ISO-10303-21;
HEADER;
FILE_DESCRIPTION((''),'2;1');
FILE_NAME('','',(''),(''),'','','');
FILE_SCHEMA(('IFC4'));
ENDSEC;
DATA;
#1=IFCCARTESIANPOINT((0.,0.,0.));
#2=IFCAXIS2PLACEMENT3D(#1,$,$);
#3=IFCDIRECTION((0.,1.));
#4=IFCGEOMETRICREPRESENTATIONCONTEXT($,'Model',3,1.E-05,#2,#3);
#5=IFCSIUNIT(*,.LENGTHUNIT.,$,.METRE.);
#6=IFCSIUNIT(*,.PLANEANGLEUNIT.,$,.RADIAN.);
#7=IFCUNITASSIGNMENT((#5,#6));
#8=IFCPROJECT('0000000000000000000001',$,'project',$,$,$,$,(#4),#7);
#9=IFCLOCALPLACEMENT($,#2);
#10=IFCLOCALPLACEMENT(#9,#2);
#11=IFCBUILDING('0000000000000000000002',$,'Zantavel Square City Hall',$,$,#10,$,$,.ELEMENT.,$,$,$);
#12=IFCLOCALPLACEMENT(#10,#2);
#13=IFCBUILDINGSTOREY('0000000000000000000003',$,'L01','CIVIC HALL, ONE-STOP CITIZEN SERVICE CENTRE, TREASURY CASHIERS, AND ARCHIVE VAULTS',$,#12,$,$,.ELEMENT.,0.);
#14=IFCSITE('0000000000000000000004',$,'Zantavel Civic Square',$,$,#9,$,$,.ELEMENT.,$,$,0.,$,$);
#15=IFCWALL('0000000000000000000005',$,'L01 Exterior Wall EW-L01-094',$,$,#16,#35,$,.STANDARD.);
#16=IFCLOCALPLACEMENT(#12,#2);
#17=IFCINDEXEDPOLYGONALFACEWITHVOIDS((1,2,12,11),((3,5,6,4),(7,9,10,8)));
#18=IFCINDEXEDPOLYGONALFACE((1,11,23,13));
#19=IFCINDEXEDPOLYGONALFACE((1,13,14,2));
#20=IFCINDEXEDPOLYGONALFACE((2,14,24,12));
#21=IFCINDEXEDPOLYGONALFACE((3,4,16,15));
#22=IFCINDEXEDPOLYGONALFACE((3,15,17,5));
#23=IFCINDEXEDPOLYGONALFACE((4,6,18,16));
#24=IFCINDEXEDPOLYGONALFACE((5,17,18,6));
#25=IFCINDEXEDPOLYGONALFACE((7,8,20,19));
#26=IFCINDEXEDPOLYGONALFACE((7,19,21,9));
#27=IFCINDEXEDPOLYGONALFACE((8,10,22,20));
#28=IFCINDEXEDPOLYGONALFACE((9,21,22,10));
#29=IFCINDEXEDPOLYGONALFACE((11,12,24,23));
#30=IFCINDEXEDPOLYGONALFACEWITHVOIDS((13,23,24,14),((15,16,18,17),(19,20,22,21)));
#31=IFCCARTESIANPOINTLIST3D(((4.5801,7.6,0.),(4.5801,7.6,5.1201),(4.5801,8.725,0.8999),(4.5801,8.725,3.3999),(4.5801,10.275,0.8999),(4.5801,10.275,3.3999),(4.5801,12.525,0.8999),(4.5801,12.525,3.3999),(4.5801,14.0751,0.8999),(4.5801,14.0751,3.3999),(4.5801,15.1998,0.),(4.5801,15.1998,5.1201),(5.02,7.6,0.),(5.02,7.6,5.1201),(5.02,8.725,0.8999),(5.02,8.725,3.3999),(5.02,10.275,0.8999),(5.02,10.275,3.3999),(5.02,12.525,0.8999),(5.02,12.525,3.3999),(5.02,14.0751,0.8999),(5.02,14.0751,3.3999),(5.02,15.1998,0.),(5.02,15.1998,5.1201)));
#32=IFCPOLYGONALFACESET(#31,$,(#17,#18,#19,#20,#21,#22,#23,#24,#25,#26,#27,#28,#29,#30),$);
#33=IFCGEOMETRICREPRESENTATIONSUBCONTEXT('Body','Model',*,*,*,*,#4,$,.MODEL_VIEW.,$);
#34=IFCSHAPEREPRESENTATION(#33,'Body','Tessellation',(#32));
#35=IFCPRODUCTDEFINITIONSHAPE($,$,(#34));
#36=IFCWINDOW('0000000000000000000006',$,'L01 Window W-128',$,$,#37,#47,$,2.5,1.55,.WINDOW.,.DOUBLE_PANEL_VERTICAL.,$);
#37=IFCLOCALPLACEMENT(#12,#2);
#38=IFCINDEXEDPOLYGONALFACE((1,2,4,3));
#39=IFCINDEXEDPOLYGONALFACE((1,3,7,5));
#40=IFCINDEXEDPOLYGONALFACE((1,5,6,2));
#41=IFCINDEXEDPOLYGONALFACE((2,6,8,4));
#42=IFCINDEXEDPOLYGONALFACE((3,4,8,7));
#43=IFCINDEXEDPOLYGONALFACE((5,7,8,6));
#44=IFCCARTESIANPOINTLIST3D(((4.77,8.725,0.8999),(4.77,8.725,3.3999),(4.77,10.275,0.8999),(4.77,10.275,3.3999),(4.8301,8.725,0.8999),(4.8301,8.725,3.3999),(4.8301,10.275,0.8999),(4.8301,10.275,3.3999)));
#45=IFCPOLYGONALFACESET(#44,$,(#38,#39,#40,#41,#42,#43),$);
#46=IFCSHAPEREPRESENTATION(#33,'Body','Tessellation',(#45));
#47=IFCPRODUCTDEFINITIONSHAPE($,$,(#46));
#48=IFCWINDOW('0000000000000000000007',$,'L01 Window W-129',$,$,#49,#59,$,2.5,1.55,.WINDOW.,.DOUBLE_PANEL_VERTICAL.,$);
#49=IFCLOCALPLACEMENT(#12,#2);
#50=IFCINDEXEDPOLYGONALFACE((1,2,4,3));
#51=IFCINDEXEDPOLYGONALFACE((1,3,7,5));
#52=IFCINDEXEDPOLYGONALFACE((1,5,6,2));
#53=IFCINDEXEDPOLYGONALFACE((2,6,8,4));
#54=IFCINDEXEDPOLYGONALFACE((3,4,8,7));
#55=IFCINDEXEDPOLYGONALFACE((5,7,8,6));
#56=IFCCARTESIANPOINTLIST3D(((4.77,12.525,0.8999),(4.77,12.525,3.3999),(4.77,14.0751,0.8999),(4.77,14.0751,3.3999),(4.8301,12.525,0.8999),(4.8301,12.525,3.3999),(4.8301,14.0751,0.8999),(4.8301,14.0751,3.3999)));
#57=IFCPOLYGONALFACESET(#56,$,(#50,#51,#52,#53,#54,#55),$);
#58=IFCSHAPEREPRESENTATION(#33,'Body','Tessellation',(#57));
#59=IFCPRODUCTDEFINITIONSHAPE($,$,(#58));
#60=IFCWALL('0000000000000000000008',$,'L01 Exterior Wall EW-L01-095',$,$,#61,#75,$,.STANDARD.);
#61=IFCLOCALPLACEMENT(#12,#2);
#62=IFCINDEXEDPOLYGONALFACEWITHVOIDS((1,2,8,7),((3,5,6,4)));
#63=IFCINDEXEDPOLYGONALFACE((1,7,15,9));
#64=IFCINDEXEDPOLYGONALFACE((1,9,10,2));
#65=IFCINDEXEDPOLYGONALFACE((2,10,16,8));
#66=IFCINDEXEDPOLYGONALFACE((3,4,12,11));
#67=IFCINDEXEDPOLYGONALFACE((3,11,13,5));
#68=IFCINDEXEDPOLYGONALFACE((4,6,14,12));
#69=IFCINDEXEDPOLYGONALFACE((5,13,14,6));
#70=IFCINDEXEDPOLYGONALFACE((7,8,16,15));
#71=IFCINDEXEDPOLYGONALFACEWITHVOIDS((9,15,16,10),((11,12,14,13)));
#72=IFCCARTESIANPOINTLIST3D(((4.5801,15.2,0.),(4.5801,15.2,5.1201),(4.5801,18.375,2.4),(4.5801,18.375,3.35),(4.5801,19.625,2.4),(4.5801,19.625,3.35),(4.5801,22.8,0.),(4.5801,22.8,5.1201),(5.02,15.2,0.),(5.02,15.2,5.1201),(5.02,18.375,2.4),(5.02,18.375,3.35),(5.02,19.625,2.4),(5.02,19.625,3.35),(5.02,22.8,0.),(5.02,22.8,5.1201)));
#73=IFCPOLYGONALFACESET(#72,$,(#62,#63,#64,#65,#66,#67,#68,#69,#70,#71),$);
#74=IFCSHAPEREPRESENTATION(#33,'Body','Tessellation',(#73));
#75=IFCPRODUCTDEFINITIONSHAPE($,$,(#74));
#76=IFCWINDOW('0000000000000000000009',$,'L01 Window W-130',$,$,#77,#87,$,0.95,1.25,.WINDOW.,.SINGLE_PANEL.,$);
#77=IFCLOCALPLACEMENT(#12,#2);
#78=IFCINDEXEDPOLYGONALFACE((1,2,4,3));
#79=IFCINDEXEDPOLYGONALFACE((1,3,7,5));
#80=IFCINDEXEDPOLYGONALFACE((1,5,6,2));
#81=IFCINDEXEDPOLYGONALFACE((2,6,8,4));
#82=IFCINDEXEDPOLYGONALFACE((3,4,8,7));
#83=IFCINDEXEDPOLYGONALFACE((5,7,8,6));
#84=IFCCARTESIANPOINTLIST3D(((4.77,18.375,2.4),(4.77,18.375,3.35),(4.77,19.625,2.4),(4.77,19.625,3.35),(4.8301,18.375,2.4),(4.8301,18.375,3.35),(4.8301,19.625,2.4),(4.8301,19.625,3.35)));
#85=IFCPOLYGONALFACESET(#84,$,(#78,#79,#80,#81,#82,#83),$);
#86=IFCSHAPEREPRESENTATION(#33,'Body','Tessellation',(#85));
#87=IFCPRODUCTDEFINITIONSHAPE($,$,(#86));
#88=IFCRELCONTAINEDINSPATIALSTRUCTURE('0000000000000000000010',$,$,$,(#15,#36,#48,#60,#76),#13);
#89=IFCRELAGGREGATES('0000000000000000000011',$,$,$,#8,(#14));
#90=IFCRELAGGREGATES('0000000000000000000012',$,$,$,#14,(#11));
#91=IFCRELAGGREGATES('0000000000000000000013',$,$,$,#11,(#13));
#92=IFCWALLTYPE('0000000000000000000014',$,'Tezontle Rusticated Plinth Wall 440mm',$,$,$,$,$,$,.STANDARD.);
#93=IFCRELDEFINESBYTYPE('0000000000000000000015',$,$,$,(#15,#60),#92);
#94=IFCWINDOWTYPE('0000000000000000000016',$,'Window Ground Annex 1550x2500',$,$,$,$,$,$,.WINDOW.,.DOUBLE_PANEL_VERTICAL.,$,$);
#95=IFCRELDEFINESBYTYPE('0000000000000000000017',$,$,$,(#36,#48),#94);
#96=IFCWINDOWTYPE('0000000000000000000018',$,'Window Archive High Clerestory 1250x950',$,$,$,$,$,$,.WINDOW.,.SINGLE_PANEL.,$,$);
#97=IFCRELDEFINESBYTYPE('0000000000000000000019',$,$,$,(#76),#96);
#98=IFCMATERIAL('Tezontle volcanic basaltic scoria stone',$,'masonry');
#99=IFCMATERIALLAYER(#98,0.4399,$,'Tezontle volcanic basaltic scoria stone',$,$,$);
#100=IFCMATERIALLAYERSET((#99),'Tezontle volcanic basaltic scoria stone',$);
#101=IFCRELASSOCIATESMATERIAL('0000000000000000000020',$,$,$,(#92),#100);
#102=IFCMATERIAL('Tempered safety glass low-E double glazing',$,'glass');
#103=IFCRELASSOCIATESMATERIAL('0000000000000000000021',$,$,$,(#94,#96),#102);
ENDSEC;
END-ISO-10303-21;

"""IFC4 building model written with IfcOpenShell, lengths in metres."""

from ifc_helpers import new_model, si_unit, direction, frame, frame_2d, origin, place, context, subcontext, project, spatial, rectangle, extrude, material, layer, layer_set, type_object, element, fill, save


model = new_model("IFC4")

# Units and contexts
model_context = context("Model", 3, precision=1e-05, world=origin(), true_north=direction((0.0, 1.0)))
body_context = subcontext(model_context, "Body", "Model", "MODEL_VIEW")
ifc_project = project(units=[si_unit("LENGTHUNIT", "METRE"), si_unit("PLANEANGLEUNIT", "RADIAN")], contexts=[model_context])

# Site, building, storey
site_placement = place(None, origin())
site = spatial("IfcSite", under=ifc_project, at=site_placement, Name="Zantavel Civic Square", CompositionType="ELEMENT", RefElevation=0.0)
building_placement = place(site_placement, origin())
building = spatial("IfcBuilding", under=site, at=building_placement, Name="Zantavel Square City Hall", CompositionType="ELEMENT")
storey_placement = place(building_placement, origin())
storey = spatial("IfcBuildingStorey", under=building, at=storey_placement, Name="L01", Description="CIVIC HALL, ONE-STOP CITIZEN SERVICE CENTRE, TREASURY CASHIERS, AND ARCHIVE VAULTS", CompositionType="ELEMENT", Elevation=0.0)

# Shared definitions
ifc_material_1 = material(Name="Tezontle volcanic basaltic scoria stone", Category="masonry")
ifc_layer = layer(ifc_material_1, 0.4399, Name="Tezontle volcanic basaltic scoria stone")
ifc_layer_set = layer_set([ifc_layer], Name="Tezontle volcanic basaltic scoria stone")
wall_type = type_object("IfcWallType", Name="Tezontle Rusticated Plinth Wall 440mm", PredefinedType="STANDARD", material=ifc_layer_set)
ifc_material_2 = material(Name="Tempered safety glass low-E double glazing", Category="glass")
window_type_1 = type_object("IfcWindowType", Name="Window Ground Annex 1550x2500", PartitioningType="DOUBLE_PANEL_VERTICAL", PredefinedType="WINDOW", material=ifc_material_2)

# Wall, openings, windows
wall_1_placement = place(storey_placement, frame((4.8, 7.6001, 0.0), z_axis=(0.0, 0.0, 1.0), x_axis=(0.0, 1.0, 0.0)))
wall_1 = element("IfcWall", 1, at=wall_1_placement, inside=storey, type_object=wall_type, Name="L01 Exterior Wall EW-L01-094", PredefinedType="STANDARD", context=body_context, shape_type="SweptSolid", body=[
    extrude(rectangle(XDim=7.5999, YDim=0.4399, at=frame_2d((3.7998, 0.0))), origin(), (0.0, 0.0, 1.0), 5.1201),
])
opening_1_placement = place(wall_1_placement, frame((1.125, 0.0, 0.8999)))
opening_1 = element("IfcOpeningElement", 2, at=opening_1_placement, cuts=wall_1, PredefinedType="OPENING", context=body_context, shape_type="SweptSolid", body=[
    extrude(rectangle(XDim=1.55, YDim=2.5, at=frame_2d((0.7749, 1.25))), frame((0.0, 0.23, 0.0), z_axis=(0.0, -1.0, 0.0), x_axis=(1.0, 0.0, 0.0)), (0.0, 0.0, 1.0), 0.46),
])
opening_2_placement = place(wall_1_placement, frame((4.925, 0.0, 0.8999)))
opening_2 = element("IfcOpeningElement", 3, at=opening_2_placement, cuts=wall_1, PredefinedType="OPENING", context=body_context, shape_type="SweptSolid", body=[
    extrude(rectangle(XDim=1.55, YDim=2.5, at=frame_2d((0.7749, 1.25))), frame((0.0, 0.23, 0.0), z_axis=(0.0, -1.0, 0.0), x_axis=(1.0, 0.0, 0.0)), (0.0, 0.0, 1.0), 0.46),
])
window_1_placement = place(opening_1_placement, origin())
window_1 = element("IfcWindow", 4, at=window_1_placement, inside=storey, type_object=window_type_1, Name="L01 Window W-128", OverallHeight=2.5, OverallWidth=1.55, PartitioningType="DOUBLE_PANEL_VERTICAL", PredefinedType="WINDOW", context=body_context, shape_type="SweptSolid", body=[
    extrude(rectangle(XDim=1.55, YDim=2.5, at=frame_2d((0.7749, 1.25))), frame((0.0, 0.03, 0.0), z_axis=(0.0, -1.0, 0.0), x_axis=(1.0, 0.0, 0.0)), (0.0, 0.0, 1.0), 0.0601),
])
fill(opening_1, window_1)
window_2_placement = place(opening_2_placement, origin())
window_2 = element("IfcWindow", 5, at=window_2_placement, inside=storey, type_object=window_type_1, Name="L01 Window W-129", OverallHeight=2.5, OverallWidth=1.55, PartitioningType="DOUBLE_PANEL_VERTICAL", PredefinedType="WINDOW", context=body_context, shape_type="SweptSolid", body=[
    extrude(rectangle(XDim=1.55, YDim=2.5, at=frame_2d((0.7749, 1.25))), frame((0.0, 0.03, 0.0), z_axis=(0.0, -1.0, 0.0), x_axis=(1.0, 0.0, 0.0)), (0.0, 0.0, 1.0), 0.0601),
])
fill(opening_2, window_2)

# Wall, opening, window
wall_2_placement = place(storey_placement, frame((4.8, 15.2, 0.0), z_axis=(0.0, 0.0, 1.0), x_axis=(0.0, 1.0, 0.0)))
wall_2 = element("IfcWall", 6, at=wall_2_placement, inside=storey, type_object=wall_type, Name="L01 Exterior Wall EW-L01-095", PredefinedType="STANDARD", context=body_context, shape_type="SweptSolid", body=[
    extrude(rectangle(XDim=7.6001, YDim=0.4399, at=frame_2d((3.8, 0.0))), origin(), (0.0, 0.0, 1.0), 5.1201),
])
opening_3_placement = place(wall_2_placement, frame((3.175, 0.0, 2.3999)))
opening_3 = element("IfcOpeningElement", 7, at=opening_3_placement, cuts=wall_2, PredefinedType="OPENING", context=body_context, shape_type="SweptSolid", body=[
    extrude(rectangle(XDim=1.25, YDim=0.95, at=frame_2d((0.625, 0.4751))), frame((0.0, 0.23, 0.0), z_axis=(0.0, -1.0, 0.0), x_axis=(1.0, 0.0, 0.0)), (0.0, 0.0, 1.0), 0.46),
])
window_type_2 = type_object("IfcWindowType", Name="Window Archive High Clerestory 1250x950", PartitioningType="SINGLE_PANEL", PredefinedType="WINDOW", material=ifc_material_2)
window_3_placement = place(opening_3_placement, origin())
window_3 = element("IfcWindow", 8, at=window_3_placement, inside=storey, type_object=window_type_2, Name="L01 Window W-130", OverallHeight=0.95, OverallWidth=1.25, PartitioningType="SINGLE_PANEL", PredefinedType="WINDOW", context=body_context, shape_type="SweptSolid", body=[
    extrude(rectangle(XDim=1.25, YDim=0.95, at=frame_2d((0.625, 0.4751))), frame((0.0, 0.03, 0.0), z_axis=(0.0, -1.0, 0.0), x_axis=(1.0, 0.0, 0.0)), (0.0, 0.0, 1.0), 0.0601),
])
fill(opening_3, window_3)

save(model, "model.ifc")
